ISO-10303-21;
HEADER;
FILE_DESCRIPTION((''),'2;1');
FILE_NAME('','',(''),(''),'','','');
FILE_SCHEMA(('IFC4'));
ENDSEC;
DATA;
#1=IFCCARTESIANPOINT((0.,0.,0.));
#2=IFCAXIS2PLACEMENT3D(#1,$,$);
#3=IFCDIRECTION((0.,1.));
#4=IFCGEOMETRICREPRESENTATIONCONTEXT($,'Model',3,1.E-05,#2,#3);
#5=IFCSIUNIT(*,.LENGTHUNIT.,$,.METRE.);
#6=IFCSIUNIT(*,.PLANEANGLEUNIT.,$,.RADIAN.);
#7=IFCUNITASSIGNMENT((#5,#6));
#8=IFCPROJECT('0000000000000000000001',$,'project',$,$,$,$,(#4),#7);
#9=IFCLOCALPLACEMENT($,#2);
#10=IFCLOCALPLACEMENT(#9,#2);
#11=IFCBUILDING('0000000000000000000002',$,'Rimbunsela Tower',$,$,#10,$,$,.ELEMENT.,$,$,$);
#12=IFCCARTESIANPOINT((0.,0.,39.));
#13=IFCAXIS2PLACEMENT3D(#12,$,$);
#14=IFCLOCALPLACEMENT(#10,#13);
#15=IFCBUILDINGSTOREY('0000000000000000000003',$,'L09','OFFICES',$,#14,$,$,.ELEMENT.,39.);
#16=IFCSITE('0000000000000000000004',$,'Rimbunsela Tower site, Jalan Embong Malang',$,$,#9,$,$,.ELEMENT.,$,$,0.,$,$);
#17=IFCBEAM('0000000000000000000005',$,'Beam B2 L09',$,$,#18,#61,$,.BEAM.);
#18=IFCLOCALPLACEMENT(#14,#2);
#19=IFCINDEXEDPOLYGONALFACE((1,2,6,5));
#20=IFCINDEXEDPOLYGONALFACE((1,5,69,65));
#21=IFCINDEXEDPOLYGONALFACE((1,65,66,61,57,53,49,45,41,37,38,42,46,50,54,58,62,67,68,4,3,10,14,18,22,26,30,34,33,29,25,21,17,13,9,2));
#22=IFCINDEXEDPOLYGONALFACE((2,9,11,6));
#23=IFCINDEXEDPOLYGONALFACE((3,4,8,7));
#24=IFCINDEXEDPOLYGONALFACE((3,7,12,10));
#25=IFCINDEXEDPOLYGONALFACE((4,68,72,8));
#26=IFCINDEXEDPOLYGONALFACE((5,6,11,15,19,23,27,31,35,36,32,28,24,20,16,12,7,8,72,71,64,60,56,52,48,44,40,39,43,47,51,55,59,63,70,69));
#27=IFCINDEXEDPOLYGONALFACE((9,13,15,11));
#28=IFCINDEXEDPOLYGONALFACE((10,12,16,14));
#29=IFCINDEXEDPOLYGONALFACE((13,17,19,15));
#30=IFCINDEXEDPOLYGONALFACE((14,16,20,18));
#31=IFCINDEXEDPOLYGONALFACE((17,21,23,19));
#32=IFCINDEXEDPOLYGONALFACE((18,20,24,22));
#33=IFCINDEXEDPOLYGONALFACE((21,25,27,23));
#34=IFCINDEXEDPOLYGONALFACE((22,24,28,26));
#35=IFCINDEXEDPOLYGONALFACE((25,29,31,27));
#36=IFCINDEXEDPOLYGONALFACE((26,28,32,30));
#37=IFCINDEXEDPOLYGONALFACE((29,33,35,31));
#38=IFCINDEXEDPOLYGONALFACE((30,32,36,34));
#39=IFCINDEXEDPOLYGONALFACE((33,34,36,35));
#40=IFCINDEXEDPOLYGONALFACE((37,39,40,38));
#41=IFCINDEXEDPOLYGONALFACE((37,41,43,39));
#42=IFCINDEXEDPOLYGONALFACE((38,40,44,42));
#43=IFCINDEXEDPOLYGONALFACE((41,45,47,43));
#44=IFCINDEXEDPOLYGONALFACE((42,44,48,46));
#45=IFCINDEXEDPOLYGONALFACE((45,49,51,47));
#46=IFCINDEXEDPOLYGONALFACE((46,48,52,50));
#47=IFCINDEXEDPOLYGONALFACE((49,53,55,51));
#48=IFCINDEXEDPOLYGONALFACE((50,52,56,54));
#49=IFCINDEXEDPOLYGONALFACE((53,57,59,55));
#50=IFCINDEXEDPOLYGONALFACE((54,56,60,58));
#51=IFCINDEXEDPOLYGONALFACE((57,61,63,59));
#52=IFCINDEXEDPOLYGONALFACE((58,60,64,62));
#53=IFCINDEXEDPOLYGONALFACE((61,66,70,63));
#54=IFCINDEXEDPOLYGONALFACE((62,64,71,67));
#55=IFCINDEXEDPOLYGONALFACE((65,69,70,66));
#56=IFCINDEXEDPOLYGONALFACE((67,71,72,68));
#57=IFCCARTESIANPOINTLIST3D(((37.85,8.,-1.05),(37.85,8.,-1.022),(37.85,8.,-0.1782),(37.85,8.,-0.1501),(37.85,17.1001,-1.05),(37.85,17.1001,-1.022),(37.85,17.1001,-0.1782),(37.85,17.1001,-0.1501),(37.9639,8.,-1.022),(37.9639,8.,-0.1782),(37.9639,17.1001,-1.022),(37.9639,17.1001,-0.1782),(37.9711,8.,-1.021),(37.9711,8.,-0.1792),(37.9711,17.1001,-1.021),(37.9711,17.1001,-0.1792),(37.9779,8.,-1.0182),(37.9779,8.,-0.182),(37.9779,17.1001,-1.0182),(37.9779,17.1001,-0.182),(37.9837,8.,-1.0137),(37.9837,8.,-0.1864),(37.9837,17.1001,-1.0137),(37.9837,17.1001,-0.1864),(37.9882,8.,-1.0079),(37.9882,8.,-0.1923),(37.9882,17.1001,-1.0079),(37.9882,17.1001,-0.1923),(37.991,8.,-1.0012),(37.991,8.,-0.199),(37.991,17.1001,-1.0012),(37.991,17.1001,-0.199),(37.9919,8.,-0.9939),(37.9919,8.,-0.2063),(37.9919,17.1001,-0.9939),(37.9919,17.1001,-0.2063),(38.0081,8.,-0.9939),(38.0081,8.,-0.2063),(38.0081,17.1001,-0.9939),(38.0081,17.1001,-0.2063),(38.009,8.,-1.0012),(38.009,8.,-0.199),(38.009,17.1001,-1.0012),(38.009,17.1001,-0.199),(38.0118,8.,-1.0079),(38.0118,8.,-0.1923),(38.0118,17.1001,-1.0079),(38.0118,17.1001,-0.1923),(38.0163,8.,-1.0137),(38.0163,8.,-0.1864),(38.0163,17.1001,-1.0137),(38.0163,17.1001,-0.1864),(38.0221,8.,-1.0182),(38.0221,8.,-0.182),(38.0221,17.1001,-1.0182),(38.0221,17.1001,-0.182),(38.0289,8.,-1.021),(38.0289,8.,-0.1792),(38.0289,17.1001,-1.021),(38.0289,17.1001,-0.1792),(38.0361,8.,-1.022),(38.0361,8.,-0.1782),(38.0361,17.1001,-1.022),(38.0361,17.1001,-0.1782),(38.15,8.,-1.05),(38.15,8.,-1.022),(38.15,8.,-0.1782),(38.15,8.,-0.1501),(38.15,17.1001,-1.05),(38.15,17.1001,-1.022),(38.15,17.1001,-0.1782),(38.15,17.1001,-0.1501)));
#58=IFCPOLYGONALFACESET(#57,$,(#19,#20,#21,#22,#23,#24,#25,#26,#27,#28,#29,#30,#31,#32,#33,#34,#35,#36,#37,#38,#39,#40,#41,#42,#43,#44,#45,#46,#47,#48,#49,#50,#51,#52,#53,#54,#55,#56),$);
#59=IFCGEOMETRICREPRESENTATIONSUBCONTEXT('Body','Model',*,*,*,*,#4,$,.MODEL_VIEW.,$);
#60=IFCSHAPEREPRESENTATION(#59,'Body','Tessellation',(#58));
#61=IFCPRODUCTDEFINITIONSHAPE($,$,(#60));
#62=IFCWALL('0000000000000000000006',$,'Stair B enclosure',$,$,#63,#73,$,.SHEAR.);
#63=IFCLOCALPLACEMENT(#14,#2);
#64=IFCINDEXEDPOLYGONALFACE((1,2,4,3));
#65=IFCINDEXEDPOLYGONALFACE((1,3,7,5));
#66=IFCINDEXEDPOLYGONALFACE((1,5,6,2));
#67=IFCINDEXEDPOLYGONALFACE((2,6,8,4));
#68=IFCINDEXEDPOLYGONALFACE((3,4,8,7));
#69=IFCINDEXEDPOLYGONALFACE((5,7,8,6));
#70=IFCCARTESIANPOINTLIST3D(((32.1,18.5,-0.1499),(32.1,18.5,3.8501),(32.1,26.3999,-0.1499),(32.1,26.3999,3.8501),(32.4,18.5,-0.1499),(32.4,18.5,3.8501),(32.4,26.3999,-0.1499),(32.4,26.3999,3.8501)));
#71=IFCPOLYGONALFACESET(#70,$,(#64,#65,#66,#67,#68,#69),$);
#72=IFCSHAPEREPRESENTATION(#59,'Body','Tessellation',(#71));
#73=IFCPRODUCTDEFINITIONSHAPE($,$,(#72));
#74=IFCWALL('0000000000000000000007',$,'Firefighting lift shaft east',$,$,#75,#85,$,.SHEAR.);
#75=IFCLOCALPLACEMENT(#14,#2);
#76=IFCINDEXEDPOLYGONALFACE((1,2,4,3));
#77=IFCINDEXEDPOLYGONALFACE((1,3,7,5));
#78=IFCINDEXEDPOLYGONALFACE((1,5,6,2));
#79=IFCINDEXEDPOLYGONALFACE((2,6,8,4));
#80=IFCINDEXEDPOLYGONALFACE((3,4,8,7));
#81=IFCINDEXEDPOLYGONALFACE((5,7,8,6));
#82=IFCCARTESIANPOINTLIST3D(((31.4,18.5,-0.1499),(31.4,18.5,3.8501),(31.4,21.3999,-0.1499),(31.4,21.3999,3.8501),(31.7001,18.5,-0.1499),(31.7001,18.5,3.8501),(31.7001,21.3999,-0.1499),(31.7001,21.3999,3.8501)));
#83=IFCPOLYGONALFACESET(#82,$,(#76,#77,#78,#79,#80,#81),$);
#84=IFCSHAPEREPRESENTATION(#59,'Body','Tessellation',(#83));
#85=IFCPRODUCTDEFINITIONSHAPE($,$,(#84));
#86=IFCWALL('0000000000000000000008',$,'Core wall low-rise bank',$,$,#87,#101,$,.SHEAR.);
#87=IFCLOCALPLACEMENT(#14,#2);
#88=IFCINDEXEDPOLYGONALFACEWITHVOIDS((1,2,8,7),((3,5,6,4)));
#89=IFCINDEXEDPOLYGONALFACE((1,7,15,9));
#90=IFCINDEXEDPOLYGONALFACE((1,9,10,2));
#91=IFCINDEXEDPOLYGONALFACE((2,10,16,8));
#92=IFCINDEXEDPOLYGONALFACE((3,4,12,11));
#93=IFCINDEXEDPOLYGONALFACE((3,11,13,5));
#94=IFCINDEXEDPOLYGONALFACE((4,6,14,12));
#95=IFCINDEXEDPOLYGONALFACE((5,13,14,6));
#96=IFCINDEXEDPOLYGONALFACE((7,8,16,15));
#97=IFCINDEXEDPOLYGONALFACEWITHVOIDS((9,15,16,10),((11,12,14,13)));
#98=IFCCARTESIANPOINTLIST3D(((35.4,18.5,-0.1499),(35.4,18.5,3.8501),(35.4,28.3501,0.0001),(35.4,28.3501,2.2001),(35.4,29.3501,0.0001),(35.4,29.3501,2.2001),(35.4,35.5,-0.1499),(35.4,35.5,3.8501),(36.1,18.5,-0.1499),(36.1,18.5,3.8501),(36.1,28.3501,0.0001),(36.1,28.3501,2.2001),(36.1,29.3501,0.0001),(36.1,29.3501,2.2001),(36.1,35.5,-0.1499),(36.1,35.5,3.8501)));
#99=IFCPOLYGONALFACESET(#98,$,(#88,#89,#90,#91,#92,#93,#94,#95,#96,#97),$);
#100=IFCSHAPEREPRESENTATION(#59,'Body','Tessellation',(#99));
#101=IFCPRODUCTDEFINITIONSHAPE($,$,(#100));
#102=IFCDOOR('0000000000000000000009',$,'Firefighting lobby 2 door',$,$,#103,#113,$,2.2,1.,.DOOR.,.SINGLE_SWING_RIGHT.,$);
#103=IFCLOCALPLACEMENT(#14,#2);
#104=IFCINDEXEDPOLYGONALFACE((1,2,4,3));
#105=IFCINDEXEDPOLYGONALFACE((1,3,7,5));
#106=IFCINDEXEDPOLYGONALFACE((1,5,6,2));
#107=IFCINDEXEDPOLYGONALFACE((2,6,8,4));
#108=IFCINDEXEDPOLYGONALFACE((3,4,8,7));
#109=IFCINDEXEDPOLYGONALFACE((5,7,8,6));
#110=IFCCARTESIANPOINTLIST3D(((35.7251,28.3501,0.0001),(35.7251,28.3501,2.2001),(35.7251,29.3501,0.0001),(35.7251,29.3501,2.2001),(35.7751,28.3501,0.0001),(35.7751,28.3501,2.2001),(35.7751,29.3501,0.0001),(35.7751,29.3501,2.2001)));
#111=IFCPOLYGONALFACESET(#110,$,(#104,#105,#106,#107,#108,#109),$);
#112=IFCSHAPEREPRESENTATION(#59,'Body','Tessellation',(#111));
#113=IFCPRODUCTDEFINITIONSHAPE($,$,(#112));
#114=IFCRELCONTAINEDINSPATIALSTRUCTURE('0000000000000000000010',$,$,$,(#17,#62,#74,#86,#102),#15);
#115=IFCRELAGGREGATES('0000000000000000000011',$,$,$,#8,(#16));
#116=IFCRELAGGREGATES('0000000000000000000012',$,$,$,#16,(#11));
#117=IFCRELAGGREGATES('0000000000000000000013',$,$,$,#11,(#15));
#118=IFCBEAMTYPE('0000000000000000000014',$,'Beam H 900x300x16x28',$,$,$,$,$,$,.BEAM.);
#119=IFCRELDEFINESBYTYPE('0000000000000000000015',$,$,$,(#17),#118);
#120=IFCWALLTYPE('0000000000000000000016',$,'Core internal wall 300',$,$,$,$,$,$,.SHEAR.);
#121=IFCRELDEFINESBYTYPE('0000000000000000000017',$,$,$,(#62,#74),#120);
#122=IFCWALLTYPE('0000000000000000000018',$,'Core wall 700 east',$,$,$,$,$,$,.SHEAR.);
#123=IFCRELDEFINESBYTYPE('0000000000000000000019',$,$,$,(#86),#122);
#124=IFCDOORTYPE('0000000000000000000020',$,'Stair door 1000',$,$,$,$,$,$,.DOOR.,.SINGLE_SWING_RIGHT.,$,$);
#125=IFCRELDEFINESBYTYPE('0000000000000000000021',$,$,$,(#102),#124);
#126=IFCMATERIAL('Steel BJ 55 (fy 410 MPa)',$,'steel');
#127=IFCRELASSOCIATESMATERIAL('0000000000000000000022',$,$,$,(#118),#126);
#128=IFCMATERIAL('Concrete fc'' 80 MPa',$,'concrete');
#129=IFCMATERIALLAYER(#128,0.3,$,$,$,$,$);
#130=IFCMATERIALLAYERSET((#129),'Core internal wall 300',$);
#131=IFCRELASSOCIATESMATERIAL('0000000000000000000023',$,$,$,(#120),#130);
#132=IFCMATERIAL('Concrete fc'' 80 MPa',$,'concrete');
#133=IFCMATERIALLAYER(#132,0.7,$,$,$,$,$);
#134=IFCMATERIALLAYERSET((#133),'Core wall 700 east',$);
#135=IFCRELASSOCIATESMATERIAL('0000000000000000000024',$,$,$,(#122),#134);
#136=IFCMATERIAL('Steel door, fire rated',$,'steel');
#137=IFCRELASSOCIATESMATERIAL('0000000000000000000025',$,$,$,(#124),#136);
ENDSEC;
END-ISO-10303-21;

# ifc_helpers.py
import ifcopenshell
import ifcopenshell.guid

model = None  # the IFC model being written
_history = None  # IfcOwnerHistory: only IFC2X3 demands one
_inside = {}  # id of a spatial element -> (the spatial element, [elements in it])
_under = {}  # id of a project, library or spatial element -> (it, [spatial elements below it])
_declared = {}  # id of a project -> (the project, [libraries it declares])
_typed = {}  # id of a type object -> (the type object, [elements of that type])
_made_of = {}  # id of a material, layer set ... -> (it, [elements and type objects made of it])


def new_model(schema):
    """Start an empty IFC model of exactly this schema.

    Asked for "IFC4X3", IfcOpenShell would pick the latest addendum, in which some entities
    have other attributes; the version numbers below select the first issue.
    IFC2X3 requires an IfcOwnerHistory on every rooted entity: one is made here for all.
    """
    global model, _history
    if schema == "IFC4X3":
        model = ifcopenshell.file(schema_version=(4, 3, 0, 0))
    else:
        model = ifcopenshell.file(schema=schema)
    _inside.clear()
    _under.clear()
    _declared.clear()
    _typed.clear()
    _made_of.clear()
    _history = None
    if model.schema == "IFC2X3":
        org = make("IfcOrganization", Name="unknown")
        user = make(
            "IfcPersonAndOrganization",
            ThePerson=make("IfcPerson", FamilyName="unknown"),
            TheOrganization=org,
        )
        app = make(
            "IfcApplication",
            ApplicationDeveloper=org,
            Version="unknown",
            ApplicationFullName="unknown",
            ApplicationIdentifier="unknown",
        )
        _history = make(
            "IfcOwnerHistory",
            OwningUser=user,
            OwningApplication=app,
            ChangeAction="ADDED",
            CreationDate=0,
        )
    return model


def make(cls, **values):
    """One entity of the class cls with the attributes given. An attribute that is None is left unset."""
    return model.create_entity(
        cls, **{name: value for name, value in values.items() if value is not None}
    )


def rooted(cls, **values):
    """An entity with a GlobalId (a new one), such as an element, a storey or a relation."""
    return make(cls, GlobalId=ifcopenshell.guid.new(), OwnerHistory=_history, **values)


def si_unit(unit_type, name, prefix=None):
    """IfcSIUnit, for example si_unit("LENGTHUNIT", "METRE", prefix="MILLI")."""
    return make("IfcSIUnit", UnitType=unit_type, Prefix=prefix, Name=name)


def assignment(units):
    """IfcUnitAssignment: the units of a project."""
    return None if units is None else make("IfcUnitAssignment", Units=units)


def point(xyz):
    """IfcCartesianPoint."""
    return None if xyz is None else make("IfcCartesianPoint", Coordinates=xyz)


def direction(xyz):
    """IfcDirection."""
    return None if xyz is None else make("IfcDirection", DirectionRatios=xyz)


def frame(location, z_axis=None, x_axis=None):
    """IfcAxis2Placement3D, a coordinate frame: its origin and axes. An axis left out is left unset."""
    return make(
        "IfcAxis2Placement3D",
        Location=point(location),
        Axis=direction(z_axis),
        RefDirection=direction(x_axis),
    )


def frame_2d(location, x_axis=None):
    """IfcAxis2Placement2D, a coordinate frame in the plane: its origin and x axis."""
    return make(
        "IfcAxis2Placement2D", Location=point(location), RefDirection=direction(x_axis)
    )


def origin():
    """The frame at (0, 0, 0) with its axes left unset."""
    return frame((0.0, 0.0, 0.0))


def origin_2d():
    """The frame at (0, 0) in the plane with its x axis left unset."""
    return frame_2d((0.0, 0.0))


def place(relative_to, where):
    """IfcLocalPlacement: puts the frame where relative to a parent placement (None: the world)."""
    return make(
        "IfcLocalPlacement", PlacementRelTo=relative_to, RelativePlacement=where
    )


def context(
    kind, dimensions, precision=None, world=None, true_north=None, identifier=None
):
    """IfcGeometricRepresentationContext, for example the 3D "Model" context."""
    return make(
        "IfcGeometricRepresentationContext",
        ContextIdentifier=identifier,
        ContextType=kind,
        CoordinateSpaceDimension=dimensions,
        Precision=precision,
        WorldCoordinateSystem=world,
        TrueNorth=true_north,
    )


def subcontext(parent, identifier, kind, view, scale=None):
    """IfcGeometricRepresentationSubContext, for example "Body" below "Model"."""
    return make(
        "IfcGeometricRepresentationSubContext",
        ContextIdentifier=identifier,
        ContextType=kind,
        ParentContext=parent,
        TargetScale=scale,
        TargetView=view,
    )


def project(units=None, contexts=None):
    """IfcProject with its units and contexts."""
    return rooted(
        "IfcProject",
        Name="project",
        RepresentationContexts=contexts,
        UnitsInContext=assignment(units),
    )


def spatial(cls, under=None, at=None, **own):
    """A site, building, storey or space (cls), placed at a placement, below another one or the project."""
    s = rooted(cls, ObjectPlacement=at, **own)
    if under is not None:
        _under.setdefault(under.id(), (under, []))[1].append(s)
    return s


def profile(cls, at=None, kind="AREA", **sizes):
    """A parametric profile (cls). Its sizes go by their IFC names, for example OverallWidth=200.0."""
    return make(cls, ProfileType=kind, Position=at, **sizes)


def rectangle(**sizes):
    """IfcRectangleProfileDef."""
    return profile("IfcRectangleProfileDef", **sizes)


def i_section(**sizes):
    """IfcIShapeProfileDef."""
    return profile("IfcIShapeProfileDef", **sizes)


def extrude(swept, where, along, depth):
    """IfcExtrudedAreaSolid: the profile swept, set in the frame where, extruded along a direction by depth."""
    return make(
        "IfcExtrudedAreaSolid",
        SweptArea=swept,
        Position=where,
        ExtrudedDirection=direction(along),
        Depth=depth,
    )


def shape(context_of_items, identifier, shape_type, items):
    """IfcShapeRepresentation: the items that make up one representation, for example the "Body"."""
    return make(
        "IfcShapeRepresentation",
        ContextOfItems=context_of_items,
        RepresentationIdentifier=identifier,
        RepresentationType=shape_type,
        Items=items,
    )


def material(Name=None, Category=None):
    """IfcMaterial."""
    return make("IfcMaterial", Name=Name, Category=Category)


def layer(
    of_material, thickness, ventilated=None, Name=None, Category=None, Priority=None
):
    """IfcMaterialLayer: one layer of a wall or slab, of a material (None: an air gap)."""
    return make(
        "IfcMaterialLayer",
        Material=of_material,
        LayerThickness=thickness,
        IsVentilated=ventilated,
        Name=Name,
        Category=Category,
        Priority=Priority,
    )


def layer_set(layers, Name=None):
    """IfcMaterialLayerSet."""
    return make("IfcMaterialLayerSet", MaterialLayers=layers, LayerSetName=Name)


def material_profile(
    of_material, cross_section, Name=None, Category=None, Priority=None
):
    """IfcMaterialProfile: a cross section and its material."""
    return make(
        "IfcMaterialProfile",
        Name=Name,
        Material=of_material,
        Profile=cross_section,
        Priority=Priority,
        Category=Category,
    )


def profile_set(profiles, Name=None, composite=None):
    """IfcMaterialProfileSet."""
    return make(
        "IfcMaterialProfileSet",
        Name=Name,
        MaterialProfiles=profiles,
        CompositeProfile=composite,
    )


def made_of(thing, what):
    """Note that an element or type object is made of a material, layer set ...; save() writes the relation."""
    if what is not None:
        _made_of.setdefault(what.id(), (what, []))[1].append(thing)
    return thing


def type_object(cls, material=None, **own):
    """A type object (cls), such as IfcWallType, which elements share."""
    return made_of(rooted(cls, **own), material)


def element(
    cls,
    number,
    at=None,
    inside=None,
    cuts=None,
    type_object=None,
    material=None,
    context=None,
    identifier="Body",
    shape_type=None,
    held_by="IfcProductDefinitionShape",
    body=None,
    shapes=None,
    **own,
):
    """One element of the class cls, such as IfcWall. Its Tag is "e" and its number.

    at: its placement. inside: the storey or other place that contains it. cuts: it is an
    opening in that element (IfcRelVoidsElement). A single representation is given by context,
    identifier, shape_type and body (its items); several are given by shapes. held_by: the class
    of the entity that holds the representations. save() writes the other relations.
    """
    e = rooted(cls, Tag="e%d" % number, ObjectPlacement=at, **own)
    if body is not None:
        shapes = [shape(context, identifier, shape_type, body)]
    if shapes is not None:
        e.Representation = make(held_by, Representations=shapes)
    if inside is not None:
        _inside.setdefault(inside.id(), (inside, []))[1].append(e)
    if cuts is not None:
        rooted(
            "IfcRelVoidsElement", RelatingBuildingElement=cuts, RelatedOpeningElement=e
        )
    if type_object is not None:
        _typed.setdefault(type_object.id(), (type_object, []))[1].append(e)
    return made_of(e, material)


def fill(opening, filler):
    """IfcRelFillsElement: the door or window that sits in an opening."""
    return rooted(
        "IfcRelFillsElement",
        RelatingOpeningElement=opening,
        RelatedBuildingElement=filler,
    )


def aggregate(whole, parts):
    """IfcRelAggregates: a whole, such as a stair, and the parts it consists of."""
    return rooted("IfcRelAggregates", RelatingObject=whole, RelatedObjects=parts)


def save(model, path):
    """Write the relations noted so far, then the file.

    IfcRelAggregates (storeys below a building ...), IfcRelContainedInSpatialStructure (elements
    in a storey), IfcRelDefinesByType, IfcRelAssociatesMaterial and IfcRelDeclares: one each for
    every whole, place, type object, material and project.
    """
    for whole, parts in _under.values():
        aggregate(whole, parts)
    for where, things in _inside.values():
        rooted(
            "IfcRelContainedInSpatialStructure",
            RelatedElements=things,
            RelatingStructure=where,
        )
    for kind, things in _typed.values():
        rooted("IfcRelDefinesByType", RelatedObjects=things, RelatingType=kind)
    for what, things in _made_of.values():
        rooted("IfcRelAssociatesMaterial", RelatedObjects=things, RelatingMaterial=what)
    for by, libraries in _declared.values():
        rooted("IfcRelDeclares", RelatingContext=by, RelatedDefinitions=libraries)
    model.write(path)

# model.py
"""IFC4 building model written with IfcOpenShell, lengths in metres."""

from ifc_helpers import new_model, si_unit, direction, frame, frame_2d, origin, origin_2d, place, context, subcontext, project, spatial, rectangle, i_section, extrude, material, layer, layer_set, material_profile, profile_set, type_object, element, fill, save


model = new_model("IFC4")

# Units and contexts
model_context = context("Model", 3, precision=1e-05, world=origin(), true_north=direction((0.0, 1.0)))
body_context = subcontext(model_context, "Body", "Model", "MODEL_VIEW")
ifc_project = project(units=[si_unit("LENGTHUNIT", "METRE"), si_unit("PLANEANGLEUNIT", "RADIAN")], contexts=[model_context])

# Site, building, storey
site_placement = place(None, origin())
site = spatial("IfcSite", under=ifc_project, at=site_placement, Name="Rimbunsela Tower site, Jalan Embong Malang", CompositionType="ELEMENT", RefElevation=0.0)
building_placement = place(site_placement, origin())
building = spatial("IfcBuilding", under=site, at=building_placement, Name="Rimbunsela Tower", CompositionType="ELEMENT")
storey_placement = place(building_placement, frame((0.0, 0.0, 39.0)))
storey = spatial("IfcBuildingStorey", under=building, at=storey_placement, Name="L09", Description="OFFICES", CompositionType="ELEMENT", Elevation=39.0)

# Beam
ifc_material_1 = material(Name="Steel BJ 55 (fy 410 MPa)", Category="steel")
ifc_material_profile_1 = material_profile(ifc_material_1, i_section(OverallWidth=0.3, OverallDepth=0.8999, WebThickness=0.0161, FlangeThickness=0.0281, FilletRadius=0.0281, at=origin_2d()), Name="H 900x300x16x28")
ifc_profile_set_1 = profile_set([ifc_material_profile_1], Name="Steel BJ 55 (fy 410 MPa)")
beam_type_1 = type_object("IfcBeamType", Name="Beam H 900x300x16x28", PredefinedType="BEAM", material=ifc_profile_set_1)
beam_1_placement = place(storey_placement, frame((38.0, 8.0, -0.6001), z_axis=(0.0, 1.0, 0.0), x_axis=(-1.0, 0.0, 0.0)))
element("IfcBeam", 1, at=beam_1_placement, inside=storey, type_object=beam_type_1, Name="Beam B2 L09", PredefinedType="BEAM", context=body_context, shape_type="SweptSolid", body=[
    extrude(i_section(OverallWidth=0.3, OverallDepth=0.8999, WebThickness=0.0161, FlangeThickness=0.0281, FilletRadius=0.0281, at=origin_2d()), origin(), (0.0, 0.0, 1.0), 9.1001),
])

# Walls
ifc_material_2 = material(Name="Concrete fc' 80 MPa", Category="concrete")
ifc_layer_1 = layer(ifc_material_2, 0.3)
ifc_layer_set_1 = layer_set([ifc_layer_1], Name="Core internal wall 300")
wall_type_1 = type_object("IfcWallType", Name="Core internal wall 300", PredefinedType="SHEAR", material=ifc_layer_set_1)
wall_1_placement = place(storey_placement, frame((32.25, 18.5, -0.1499), z_axis=(0.0, 0.0, 1.0), x_axis=(0.0, 1.0, 0.0)))
element("IfcWall", 2, at=wall_1_placement, inside=storey, type_object=wall_type_1, Name="Stair B enclosure", PredefinedType="SHEAR", context=body_context, shape_type="SweptSolid", body=[
    extrude(rectangle(XDim=7.8999, YDim=0.3, at=frame_2d((3.95, 0.0))), origin(), (0.0, 0.0, 1.0), 4.0),
])
wall_2_placement = place(storey_placement, frame((31.55, 18.5, -0.1499), z_axis=(0.0, 0.0, 1.0), x_axis=(0.0, 1.0, 0.0)))
element("IfcWall", 3, at=wall_2_placement, inside=storey, type_object=wall_type_1, Name="Firefighting lift shaft east", PredefinedType="SHEAR", context=body_context, shape_type="SweptSolid", body=[
    extrude(rectangle(XDim=2.8999, YDim=0.3, at=frame_2d((1.45, 0.0))), origin(), (0.0, 0.0, 1.0), 4.0),
])

# Wall, opening, door
ifc_material_3 = material(Name="Concrete fc' 80 MPa", Category="concrete")
ifc_layer_2 = layer(ifc_material_3, 0.7)
ifc_layer_set_2 = layer_set([ifc_layer_2], Name="Core wall 700 east")
wall_type_2 = type_object("IfcWallType", Name="Core wall 700 east", PredefinedType="SHEAR", material=ifc_layer_set_2)
wall_3_placement = place(storey_placement, frame((35.75, 18.5, -0.1499), z_axis=(0.0, 0.0, 1.0), x_axis=(0.0, 1.0, 0.0)))
wall_3 = element("IfcWall", 4, at=wall_3_placement, inside=storey, type_object=wall_type_2, Name="Core wall low-rise bank", PredefinedType="SHEAR", context=body_context, shape_type="SweptSolid", body=[
    extrude(rectangle(XDim=17.0, YDim=0.7, at=frame_2d((8.5, 0.0))), origin(), (0.0, 0.0, 1.0), 4.0),
])
opening_1_placement = place(wall_3_placement, frame((9.8501, 0.0, 0.1499)))
opening_1 = element("IfcOpeningElement", 5, at=opening_1_placement, cuts=wall_3, PredefinedType="OPENING", context=body_context, shape_type="SweptSolid", body=[
    extrude(rectangle(XDim=1.0, YDim=2.2, at=frame_2d((0.5, 1.1001))), frame((0.0, 0.3599, 0.0), z_axis=(0.0, -1.0, 0.0), x_axis=(1.0, 0.0, 0.0)), (0.0, 0.0, 1.0), 0.72),
])
ifc_material_4 = material(Name="Steel door, fire rated", Category="steel")
door_type_1 = type_object("IfcDoorType", Name="Stair door 1000", OperationType="SINGLE_SWING_RIGHT", PredefinedType="DOOR", material=ifc_material_4)
door_1_placement = place(opening_1_placement, origin())
door_1 = element("IfcDoor", 6, at=door_1_placement, inside=storey, type_object=door_type_1, Name="Firefighting lobby 2 door", OperationType="SINGLE_SWING_RIGHT", OverallHeight=2.2, OverallWidth=1.0, PredefinedType="DOOR", context=body_context, shape_type="SweptSolid", body=[
    extrude(rectangle(XDim=1.0, YDim=2.2, at=frame_2d((0.5, 1.1001))), frame((0.0, 0.0249, 0.0), z_axis=(0.0, -1.0, 0.0), x_axis=(1.0, 0.0, 0.0)), (0.0, 0.0, 1.0), 0.05),
])
fill(opening_1, door_1)

save(model, "model.ifc")
